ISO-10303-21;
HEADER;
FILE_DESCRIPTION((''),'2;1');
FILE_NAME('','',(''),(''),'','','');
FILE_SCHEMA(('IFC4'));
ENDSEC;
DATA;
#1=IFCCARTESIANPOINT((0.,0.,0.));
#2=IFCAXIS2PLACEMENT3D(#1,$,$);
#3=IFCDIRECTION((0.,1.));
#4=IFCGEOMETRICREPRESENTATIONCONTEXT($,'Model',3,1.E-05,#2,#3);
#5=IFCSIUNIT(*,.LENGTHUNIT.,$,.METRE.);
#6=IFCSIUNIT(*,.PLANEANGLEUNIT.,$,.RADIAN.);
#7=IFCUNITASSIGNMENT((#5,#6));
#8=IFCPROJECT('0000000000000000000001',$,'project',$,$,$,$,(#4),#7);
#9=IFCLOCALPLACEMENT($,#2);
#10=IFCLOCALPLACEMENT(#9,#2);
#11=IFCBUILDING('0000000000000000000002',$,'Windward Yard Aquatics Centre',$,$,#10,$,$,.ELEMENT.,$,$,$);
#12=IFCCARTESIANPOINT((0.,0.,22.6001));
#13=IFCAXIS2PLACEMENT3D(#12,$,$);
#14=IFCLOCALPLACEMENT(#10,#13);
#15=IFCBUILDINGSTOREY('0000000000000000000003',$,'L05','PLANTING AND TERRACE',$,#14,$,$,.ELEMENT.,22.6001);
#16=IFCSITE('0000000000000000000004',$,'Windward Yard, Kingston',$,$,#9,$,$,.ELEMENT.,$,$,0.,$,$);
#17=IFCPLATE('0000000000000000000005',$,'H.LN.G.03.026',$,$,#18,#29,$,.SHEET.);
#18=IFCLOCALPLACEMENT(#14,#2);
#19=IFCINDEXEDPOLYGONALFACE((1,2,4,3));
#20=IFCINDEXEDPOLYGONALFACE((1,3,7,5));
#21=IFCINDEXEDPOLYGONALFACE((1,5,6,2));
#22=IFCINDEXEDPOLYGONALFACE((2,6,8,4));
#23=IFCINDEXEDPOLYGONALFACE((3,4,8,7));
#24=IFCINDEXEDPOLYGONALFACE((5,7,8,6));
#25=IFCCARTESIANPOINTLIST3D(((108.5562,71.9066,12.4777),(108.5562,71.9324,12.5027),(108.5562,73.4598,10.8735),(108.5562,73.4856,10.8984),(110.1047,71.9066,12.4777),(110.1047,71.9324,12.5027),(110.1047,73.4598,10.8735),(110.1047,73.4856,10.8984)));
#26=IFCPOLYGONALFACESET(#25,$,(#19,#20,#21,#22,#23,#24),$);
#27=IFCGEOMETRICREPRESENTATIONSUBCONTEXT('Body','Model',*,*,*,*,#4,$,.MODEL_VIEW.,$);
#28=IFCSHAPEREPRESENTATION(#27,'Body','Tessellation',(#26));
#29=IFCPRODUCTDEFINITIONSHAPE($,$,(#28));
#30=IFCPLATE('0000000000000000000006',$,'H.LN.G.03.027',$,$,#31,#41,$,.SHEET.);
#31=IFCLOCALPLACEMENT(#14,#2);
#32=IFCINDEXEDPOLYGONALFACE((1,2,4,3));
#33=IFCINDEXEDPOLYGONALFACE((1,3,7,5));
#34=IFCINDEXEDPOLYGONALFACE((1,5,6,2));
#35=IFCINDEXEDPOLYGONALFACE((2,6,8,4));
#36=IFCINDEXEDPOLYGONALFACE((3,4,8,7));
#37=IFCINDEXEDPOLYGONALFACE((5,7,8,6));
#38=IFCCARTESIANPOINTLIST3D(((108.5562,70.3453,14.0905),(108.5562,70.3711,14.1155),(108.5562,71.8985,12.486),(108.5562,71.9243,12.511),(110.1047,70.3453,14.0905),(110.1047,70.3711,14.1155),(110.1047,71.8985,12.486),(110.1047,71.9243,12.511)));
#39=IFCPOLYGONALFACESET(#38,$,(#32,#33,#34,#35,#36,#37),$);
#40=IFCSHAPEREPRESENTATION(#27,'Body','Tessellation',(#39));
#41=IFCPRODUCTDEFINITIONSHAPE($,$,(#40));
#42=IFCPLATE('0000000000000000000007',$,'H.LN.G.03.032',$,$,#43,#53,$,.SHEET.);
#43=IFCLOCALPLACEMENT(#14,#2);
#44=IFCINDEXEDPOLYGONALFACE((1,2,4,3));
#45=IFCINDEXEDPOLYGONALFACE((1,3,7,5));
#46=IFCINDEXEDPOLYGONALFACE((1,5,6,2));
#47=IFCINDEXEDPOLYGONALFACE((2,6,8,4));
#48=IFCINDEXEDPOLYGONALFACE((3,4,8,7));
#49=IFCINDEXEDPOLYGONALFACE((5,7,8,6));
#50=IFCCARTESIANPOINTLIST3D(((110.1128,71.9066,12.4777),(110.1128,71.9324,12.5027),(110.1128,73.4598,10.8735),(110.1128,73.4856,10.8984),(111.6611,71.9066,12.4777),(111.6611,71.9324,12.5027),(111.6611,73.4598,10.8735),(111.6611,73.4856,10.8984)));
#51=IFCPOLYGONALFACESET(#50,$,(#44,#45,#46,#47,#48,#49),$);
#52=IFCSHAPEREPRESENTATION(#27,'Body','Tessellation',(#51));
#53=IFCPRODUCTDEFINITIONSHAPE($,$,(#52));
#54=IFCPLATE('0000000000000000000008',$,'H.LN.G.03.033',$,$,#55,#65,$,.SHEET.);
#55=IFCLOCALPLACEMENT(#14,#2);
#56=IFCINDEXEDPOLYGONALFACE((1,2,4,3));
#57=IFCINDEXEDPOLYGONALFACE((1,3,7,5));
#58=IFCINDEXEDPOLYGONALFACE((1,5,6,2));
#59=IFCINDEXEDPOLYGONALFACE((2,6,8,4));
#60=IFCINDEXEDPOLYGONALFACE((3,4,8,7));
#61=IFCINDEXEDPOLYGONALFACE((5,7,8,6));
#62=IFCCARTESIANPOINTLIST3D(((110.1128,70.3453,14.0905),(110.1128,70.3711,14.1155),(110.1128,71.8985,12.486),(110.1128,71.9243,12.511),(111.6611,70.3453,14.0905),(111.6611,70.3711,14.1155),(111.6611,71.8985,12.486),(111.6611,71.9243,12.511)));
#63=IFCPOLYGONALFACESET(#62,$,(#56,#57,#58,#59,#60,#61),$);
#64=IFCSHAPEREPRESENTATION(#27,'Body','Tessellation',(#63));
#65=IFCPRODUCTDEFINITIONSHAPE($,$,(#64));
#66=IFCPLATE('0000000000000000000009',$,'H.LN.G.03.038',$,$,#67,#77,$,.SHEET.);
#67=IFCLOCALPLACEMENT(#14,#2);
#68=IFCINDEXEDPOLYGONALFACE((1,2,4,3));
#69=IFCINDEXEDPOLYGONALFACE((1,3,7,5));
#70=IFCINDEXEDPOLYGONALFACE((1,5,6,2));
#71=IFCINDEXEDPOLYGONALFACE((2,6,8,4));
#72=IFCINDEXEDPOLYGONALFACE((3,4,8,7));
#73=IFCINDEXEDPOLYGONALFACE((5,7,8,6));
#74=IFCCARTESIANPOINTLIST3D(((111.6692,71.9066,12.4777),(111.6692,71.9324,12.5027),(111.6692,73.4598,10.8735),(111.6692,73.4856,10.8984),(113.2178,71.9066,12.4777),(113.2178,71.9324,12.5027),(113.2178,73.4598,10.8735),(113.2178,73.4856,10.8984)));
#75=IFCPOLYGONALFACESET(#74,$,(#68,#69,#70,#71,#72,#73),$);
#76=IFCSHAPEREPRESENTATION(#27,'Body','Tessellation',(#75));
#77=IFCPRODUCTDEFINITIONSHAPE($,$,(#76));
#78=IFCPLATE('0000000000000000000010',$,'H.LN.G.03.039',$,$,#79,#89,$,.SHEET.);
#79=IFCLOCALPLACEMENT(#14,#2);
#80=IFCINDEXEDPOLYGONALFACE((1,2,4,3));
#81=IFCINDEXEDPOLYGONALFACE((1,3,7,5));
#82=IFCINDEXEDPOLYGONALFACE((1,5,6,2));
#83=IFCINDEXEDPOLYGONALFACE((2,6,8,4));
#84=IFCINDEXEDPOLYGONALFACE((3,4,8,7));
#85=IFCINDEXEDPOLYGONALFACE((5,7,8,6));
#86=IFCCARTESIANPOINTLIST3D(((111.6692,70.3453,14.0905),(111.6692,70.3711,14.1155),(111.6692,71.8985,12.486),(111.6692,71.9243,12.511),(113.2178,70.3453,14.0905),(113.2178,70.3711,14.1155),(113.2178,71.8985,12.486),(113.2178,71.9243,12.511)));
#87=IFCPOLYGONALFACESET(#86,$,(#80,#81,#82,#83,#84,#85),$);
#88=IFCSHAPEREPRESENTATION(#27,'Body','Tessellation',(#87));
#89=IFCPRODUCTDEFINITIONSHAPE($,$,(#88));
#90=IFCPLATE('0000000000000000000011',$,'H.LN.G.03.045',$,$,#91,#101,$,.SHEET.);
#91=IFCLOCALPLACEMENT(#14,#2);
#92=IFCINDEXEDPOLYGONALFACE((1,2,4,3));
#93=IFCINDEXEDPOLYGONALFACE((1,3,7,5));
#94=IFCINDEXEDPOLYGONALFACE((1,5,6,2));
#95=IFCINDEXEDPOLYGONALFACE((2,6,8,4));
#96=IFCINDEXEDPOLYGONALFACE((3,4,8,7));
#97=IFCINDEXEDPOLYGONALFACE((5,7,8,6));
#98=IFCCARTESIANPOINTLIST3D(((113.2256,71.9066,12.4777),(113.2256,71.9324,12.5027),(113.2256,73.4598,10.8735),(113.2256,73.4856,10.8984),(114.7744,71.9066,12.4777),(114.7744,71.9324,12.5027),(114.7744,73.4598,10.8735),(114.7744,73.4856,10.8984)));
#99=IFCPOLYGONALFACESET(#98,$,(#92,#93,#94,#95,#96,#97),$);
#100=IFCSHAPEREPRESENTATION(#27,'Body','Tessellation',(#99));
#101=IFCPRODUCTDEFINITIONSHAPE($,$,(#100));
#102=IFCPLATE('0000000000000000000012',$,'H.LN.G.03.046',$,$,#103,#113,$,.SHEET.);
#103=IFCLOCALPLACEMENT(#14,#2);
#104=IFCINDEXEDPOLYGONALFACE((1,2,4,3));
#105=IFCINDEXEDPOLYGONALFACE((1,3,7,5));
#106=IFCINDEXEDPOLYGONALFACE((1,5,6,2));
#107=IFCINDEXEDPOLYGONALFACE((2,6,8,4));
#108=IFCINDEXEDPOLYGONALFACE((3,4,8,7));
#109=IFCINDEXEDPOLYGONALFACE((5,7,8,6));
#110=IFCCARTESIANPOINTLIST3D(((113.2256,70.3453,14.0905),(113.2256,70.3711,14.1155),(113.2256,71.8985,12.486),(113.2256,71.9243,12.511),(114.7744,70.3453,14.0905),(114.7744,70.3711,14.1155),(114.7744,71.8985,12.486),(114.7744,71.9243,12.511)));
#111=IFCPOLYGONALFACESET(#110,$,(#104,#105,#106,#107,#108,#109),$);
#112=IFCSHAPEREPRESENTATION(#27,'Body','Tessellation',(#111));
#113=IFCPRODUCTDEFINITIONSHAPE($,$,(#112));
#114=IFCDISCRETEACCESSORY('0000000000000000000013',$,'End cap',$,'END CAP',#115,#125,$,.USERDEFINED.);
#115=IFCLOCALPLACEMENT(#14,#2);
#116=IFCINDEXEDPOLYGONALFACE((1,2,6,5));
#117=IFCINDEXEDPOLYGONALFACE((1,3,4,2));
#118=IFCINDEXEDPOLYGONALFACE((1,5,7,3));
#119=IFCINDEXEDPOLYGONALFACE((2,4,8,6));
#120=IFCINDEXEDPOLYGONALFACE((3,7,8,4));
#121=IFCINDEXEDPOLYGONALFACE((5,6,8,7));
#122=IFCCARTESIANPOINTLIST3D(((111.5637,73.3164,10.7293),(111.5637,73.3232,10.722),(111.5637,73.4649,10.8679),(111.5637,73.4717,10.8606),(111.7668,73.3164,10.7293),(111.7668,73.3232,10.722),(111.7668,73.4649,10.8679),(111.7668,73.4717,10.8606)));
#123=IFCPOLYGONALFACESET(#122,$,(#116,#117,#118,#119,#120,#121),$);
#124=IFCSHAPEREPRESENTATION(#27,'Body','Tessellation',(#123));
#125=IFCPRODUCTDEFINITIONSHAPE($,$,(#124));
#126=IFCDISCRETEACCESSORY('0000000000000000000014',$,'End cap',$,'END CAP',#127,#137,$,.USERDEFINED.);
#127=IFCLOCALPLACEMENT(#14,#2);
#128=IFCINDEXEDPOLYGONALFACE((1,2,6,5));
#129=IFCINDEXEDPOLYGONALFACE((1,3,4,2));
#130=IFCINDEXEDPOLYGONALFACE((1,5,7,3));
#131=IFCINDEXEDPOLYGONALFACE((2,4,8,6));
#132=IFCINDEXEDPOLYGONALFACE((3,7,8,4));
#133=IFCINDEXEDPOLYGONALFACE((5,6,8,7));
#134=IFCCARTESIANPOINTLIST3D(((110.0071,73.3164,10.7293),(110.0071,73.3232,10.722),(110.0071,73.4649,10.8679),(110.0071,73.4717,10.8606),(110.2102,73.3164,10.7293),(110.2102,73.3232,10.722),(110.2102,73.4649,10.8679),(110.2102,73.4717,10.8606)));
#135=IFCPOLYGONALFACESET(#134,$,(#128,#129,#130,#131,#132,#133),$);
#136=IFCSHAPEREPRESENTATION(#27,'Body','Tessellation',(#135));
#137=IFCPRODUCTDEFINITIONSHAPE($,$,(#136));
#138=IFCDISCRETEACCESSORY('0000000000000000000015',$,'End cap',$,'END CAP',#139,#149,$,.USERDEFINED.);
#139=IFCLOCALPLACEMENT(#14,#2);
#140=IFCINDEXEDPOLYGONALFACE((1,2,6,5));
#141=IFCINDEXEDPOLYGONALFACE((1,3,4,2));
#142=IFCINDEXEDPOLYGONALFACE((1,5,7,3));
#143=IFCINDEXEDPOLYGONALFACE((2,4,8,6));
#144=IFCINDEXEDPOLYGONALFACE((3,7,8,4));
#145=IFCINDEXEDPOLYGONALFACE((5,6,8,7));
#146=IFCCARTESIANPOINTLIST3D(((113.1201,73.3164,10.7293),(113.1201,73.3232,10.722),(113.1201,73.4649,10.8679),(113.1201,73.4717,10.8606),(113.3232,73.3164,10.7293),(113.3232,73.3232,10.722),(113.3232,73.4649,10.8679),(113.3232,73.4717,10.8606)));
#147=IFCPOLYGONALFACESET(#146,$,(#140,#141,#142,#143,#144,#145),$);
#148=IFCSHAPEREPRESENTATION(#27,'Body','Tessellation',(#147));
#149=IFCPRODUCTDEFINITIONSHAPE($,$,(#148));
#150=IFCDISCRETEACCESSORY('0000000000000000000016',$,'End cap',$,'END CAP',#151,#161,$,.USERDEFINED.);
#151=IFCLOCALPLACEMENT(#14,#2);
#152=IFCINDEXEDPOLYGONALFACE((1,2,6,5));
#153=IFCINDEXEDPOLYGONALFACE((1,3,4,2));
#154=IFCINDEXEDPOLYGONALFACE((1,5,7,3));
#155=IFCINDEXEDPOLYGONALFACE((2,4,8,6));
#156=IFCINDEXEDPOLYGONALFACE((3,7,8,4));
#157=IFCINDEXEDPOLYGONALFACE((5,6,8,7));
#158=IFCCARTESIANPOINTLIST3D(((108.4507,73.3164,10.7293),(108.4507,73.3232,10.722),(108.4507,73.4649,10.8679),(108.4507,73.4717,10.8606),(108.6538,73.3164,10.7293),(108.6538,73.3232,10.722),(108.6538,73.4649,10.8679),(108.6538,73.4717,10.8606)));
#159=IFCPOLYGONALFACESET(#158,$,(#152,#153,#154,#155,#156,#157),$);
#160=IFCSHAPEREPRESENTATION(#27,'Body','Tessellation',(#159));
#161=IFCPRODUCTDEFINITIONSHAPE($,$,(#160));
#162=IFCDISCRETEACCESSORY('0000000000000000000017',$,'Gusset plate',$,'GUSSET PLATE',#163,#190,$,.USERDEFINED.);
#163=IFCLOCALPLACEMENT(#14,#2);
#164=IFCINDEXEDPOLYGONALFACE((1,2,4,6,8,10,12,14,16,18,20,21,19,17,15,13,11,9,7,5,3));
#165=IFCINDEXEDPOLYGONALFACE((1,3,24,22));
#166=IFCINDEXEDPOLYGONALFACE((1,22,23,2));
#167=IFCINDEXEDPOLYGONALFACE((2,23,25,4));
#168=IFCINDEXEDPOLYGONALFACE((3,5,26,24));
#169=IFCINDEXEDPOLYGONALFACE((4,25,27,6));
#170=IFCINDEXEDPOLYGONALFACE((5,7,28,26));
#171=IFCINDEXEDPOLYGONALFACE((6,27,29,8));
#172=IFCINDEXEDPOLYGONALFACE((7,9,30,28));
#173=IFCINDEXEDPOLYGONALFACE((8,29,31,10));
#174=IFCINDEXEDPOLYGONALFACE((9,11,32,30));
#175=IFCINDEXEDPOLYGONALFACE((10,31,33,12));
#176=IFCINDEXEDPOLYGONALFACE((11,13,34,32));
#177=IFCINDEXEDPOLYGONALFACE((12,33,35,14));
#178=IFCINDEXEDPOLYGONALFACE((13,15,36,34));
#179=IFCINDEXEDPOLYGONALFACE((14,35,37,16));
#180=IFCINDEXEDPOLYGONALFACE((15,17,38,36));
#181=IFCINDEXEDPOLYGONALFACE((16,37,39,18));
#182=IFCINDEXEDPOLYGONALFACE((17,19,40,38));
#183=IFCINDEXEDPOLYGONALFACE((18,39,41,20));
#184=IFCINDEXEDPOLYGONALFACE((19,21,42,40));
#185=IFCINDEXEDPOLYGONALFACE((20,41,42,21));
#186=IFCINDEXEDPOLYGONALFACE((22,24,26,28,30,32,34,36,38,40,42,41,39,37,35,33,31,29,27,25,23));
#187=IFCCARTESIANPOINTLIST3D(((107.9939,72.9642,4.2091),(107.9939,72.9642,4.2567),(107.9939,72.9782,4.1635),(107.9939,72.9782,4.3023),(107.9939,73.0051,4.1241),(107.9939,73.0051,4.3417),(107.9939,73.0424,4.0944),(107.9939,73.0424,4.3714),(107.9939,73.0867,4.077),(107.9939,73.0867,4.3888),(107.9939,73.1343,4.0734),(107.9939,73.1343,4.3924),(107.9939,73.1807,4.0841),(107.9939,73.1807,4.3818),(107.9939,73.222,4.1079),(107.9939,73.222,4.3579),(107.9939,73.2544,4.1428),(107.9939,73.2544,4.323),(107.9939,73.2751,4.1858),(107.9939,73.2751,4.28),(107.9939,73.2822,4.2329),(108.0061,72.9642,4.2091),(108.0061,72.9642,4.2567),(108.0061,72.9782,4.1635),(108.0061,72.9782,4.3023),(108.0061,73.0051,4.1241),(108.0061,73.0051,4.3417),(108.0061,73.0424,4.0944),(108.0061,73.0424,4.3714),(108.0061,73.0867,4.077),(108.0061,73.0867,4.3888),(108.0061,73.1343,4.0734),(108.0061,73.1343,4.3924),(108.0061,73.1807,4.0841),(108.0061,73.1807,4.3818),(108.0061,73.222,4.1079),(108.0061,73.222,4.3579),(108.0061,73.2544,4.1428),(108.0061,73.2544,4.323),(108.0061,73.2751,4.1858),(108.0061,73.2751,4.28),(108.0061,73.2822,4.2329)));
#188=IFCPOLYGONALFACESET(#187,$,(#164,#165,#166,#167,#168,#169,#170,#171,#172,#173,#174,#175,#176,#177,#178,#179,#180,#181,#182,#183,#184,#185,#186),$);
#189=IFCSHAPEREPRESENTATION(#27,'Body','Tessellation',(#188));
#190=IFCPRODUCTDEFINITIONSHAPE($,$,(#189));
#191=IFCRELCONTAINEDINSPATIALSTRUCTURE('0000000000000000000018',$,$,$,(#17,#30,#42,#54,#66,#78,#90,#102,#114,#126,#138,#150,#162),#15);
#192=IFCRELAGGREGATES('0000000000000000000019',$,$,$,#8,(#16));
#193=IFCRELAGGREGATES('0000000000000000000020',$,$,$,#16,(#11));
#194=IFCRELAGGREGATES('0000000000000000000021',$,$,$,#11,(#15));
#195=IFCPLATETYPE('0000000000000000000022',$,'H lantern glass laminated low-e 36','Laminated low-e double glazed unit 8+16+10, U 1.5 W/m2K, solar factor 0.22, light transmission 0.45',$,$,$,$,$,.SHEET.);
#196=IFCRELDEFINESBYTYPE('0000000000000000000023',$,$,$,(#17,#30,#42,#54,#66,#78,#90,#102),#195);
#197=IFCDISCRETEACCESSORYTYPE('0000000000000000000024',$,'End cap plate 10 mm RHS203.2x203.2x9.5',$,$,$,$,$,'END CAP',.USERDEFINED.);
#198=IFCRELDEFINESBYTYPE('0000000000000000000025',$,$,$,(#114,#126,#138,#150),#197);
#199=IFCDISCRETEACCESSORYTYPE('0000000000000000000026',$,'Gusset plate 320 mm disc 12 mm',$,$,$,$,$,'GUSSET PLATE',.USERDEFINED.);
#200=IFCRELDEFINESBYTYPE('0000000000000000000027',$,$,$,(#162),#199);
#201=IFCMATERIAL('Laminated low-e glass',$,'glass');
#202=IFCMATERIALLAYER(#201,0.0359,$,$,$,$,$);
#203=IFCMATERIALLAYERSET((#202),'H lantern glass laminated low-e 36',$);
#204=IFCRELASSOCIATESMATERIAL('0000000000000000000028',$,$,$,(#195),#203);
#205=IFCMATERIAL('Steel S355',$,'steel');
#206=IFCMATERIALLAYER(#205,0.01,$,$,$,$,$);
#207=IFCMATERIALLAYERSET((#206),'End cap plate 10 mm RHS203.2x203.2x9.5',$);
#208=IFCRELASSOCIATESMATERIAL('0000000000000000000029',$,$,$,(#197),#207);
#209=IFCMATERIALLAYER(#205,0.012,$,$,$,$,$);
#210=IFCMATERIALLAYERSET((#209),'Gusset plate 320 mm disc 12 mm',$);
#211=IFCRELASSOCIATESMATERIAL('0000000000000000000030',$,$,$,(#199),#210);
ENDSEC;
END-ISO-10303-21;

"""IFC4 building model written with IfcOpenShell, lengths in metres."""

from ifc_helpers import new_model, si_unit, direction, frame, origin, origin_2d, place, context, subcontext, project, spatial, polyline, rectangle, circle, outline, extrude, material, layer, layer_set, type_object, element, save


model = new_model("IFC4")

# Units and contexts
model_context = context("Model", 3, precision=1e-05, world=origin(), true_north=direction((0.0, 1.0)))
body_context = subcontext(model_context, "Body", "Model", "MODEL_VIEW")
ifc_project = project(units=[si_unit("LENGTHUNIT", "METRE"), si_unit("PLANEANGLEUNIT", "RADIAN")], contexts=[model_context])

# Site, building, storey
site_placement = place(None, origin())
site = spatial("IfcSite", under=ifc_project, at=site_placement, Name="Windward Yard, Kingston", CompositionType="ELEMENT", RefElevation=0.0)
building_placement = place(site_placement, origin())
building = spatial("IfcBuilding", under=site, at=building_placement, Name="Windward Yard Aquatics Centre", CompositionType="ELEMENT")
storey_placement = place(building_placement, frame((0.0, 0.0, 22.6001)))
storey = spatial("IfcBuildingStorey", under=building, at=storey_placement, Name="L05", Description="PLANTING AND TERRACE", CompositionType="ELEMENT", Elevation=22.6001)

# Plates
ifc_material_1 = material(Name="Laminated low-e glass", Category="glass")
ifc_layer_1 = layer(ifc_material_1, 0.0359)
ifc_layer_set_1 = layer_set([ifc_layer_1], Name="H lantern glass laminated low-e 36")
plate_type = type_object("IfcPlateType", Name="H lantern glass laminated low-e 36", Description="Laminated low-e double glazed unit 8+16+10, U 1.5 W/m2K, solar factor 0.22, light transmission 0.45", PredefinedType="SHEET", material=ifc_layer_set_1)
plate_1_placement = place(storey_placement, frame((108.5562, 71.9324, 12.5027), z_axis=(0.0, 0.71844, 0.695589), x_axis=(0.0, 0.695589, -0.71844)))
element("IfcPlate", 1, at=plate_1_placement, inside=storey, type_object=plate_type, Name="H.LN.G.03.026", PredefinedType="SHEET", context=body_context, shape_type="SweptSolid", body=[
    extrude(outline(polyline([(0.0, 0.0), (2.233, 0.0), (2.233, -1.5486), (0.0, -1.5486), (0.0, 0.0)])), origin(), (0.0, 0.0, -1.0), 0.0359),
])
plate_2_placement = place(storey_placement, frame((108.5562, 70.3711, 14.1155), z_axis=(0.0, 0.718493, 0.695534), x_axis=(0.0, 0.695534, -0.718493)))
element("IfcPlate", 2, at=plate_2_placement, inside=storey, type_object=plate_type, Name="H.LN.G.03.027", PredefinedType="SHEET", context=body_context, shape_type="SweptSolid", body=[
    extrude(outline(polyline([(0.0, 0.0), (2.2331, 0.0), (2.2331, -1.5486), (0.0, -1.5486), (0.0, 0.0)])), origin(), (0.0, 0.0, -1.0), 0.0359),
])
plate_3_placement = place(storey_placement, frame((110.1128, 71.9324, 12.5027), z_axis=(0.0, 0.71844, 0.695589), x_axis=(0.0, 0.695589, -0.71844)))
element("IfcPlate", 3, at=plate_3_placement, inside=storey, type_object=plate_type, Name="H.LN.G.03.032", PredefinedType="SHEET", context=body_context, shape_type="SweptSolid", body=[
    extrude(outline(polyline([(0.0, 0.0), (2.233, 0.0), (2.233, -1.5483), (0.0, -1.5483), (0.0, 0.0)])), origin(), (0.0, 0.0, -1.0), 0.0359),
])
plate_4_placement = place(storey_placement, frame((110.1128, 70.3711, 14.1155), z_axis=(0.0, 0.718493, 0.695534), x_axis=(0.0, 0.695534, -0.718493)))
element("IfcPlate", 4, at=plate_4_placement, inside=storey, type_object=plate_type, Name="H.LN.G.03.033", PredefinedType="SHEET", context=body_context, shape_type="SweptSolid", body=[
    extrude(outline(polyline([(0.0, 0.0), (2.2331, 0.0), (2.2331, -1.5483), (0.0, -1.5483), (0.0, 0.0)])), origin(), (0.0, 0.0, -1.0), 0.0359),
])
plate_5_placement = place(storey_placement, frame((111.6692, 71.9324, 12.5027), z_axis=(0.0, 0.71844, 0.695589), x_axis=(0.0, 0.695589, -0.71844)))
element("IfcPlate", 5, at=plate_5_placement, inside=storey, type_object=plate_type, Name="H.LN.G.03.038", PredefinedType="SHEET", context=body_context, shape_type="SweptSolid", body=[
    extrude(outline(polyline([(0.0, 0.0), (2.233, 0.0), (2.233, -1.5486), (0.0, -1.5486), (0.0, 0.0)])), origin(), (0.0, 0.0, -1.0), 0.0359),
])
plate_6_placement = place(storey_placement, frame((111.6692, 70.3711, 14.1155), z_axis=(0.0, 0.718493, 0.695534), x_axis=(0.0, 0.695534, -0.718493)))
element("IfcPlate", 6, at=plate_6_placement, inside=storey, type_object=plate_type, Name="H.LN.G.03.039", PredefinedType="SHEET", context=body_context, shape_type="SweptSolid", body=[
    extrude(outline(polyline([(0.0, 0.0), (2.2331, 0.0), (2.2331, -1.5486), (0.0, -1.5486), (0.0, 0.0)])), origin(), (0.0, 0.0, -1.0), 0.0359),
])
plate_7_placement = place(storey_placement, frame((113.2256, 71.9324, 12.5027), z_axis=(0.0, 0.71844, 0.695589), x_axis=(0.0, 0.695589, -0.71844)))
element("IfcPlate", 7, at=plate_7_placement, inside=storey, type_object=plate_type, Name="H.LN.G.03.045", PredefinedType="SHEET", context=body_context, shape_type="SweptSolid", body=[
    extrude(outline(polyline([(0.0, 0.0), (2.233, 0.0), (2.233, -1.5488), (0.0, -1.5488), (0.0, 0.0)])), origin(), (0.0, 0.0, -1.0), 0.0359),
])
plate_8_placement = place(storey_placement, frame((113.2256, 70.3711, 14.1155), z_axis=(0.0, 0.718493, 0.695534), x_axis=(0.0, 0.695534, -0.718493)))
element("IfcPlate", 8, at=plate_8_placement, inside=storey, type_object=plate_type, Name="H.LN.G.03.046", PredefinedType="SHEET", context=body_context, shape_type="SweptSolid", body=[
    extrude(outline(polyline([(0.0, 0.0), (2.2331, 0.0), (2.2331, -1.5488), (0.0, -1.5488), (0.0, 0.0)])), origin(), (0.0, 0.0, -1.0), 0.0359),
])

# Discrete accessories
ifc_material_2 = material(Name="Steel S355", Category="steel")
ifc_layer_2 = layer(ifc_material_2, 0.01)
ifc_layer_set_2 = layer_set([ifc_layer_2], Name="End cap plate 10 mm RHS203.2x203.2x9.5")
discrete_accessory_type_1 = type_object("IfcDiscreteAccessoryType", Name="End cap plate 10 mm RHS203.2x203.2x9.5", ElementType="END CAP", PredefinedType="USERDEFINED", material=ifc_layer_set_2)
for number, where, z_axis, x_axis, name in (
    (9, (111.6653, 73.3975, 10.7913), (0.0, -0.682318, 0.731055), (1.0, 0.0, 0.0), "End cap"),
    (10, (110.1086, 73.3975, 10.7913), (0.0, -0.682318, 0.731055), (1.0, 0.0, 0.0), "End cap"),
    (11, (113.2217, 73.3975, 10.7913), (0.0, -0.682318, 0.731055), (1.0, 0.0, 0.0), "End cap"),
    (12, (108.5522, 73.3975, 10.7913), (0.0, -0.682318, 0.731055), (1.0, 0.0, 0.0), "End cap"),
):
    element("IfcDiscreteAccessory", number, at=place(storey_placement, frame(where, z_axis=z_axis, x_axis=x_axis)), inside=storey, type_object=discrete_accessory_type_1, Name=name, ObjectType="END CAP", PredefinedType="USERDEFINED", context=body_context, shape_type="SweptSolid", body=[
        extrude(rectangle(XDim=0.2031, YDim=0.2031, at=origin_2d()), origin(), (0.0, 0.0, 1.0), 0.01),
    ])
ifc_layer_3 = layer(ifc_material_2, 0.012)
ifc_layer_set_3 = layer_set([ifc_layer_3], Name="Gusset plate 320 mm disc 12 mm")
discrete_accessory_type_2 = type_object("IfcDiscreteAccessoryType", Name="Gusset plate 320 mm disc 12 mm", ElementType="GUSSET PLATE", PredefinedType="USERDEFINED", material=ifc_layer_set_3)
for number, where, z_axis, x_axis, name in (
    (13, (107.9939, 73.1223, 4.2329), (1.0, 0.0, 0.0), (0.0, 1.0, 0.0), "Gusset plate"),
):
    element("IfcDiscreteAccessory", number, at=place(storey_placement, frame(where, z_axis=z_axis, x_axis=x_axis)), inside=storey, type_object=discrete_accessory_type_2, Name=name, ObjectType="GUSSET PLATE", PredefinedType="USERDEFINED", context=body_context, shape_type="SweptSolid", body=[
        extrude(circle(Radius=0.1599, at=origin_2d()), origin(), (0.0, 0.0, 1.0), 0.0122),
    ])

save(model, "model.ifc")
